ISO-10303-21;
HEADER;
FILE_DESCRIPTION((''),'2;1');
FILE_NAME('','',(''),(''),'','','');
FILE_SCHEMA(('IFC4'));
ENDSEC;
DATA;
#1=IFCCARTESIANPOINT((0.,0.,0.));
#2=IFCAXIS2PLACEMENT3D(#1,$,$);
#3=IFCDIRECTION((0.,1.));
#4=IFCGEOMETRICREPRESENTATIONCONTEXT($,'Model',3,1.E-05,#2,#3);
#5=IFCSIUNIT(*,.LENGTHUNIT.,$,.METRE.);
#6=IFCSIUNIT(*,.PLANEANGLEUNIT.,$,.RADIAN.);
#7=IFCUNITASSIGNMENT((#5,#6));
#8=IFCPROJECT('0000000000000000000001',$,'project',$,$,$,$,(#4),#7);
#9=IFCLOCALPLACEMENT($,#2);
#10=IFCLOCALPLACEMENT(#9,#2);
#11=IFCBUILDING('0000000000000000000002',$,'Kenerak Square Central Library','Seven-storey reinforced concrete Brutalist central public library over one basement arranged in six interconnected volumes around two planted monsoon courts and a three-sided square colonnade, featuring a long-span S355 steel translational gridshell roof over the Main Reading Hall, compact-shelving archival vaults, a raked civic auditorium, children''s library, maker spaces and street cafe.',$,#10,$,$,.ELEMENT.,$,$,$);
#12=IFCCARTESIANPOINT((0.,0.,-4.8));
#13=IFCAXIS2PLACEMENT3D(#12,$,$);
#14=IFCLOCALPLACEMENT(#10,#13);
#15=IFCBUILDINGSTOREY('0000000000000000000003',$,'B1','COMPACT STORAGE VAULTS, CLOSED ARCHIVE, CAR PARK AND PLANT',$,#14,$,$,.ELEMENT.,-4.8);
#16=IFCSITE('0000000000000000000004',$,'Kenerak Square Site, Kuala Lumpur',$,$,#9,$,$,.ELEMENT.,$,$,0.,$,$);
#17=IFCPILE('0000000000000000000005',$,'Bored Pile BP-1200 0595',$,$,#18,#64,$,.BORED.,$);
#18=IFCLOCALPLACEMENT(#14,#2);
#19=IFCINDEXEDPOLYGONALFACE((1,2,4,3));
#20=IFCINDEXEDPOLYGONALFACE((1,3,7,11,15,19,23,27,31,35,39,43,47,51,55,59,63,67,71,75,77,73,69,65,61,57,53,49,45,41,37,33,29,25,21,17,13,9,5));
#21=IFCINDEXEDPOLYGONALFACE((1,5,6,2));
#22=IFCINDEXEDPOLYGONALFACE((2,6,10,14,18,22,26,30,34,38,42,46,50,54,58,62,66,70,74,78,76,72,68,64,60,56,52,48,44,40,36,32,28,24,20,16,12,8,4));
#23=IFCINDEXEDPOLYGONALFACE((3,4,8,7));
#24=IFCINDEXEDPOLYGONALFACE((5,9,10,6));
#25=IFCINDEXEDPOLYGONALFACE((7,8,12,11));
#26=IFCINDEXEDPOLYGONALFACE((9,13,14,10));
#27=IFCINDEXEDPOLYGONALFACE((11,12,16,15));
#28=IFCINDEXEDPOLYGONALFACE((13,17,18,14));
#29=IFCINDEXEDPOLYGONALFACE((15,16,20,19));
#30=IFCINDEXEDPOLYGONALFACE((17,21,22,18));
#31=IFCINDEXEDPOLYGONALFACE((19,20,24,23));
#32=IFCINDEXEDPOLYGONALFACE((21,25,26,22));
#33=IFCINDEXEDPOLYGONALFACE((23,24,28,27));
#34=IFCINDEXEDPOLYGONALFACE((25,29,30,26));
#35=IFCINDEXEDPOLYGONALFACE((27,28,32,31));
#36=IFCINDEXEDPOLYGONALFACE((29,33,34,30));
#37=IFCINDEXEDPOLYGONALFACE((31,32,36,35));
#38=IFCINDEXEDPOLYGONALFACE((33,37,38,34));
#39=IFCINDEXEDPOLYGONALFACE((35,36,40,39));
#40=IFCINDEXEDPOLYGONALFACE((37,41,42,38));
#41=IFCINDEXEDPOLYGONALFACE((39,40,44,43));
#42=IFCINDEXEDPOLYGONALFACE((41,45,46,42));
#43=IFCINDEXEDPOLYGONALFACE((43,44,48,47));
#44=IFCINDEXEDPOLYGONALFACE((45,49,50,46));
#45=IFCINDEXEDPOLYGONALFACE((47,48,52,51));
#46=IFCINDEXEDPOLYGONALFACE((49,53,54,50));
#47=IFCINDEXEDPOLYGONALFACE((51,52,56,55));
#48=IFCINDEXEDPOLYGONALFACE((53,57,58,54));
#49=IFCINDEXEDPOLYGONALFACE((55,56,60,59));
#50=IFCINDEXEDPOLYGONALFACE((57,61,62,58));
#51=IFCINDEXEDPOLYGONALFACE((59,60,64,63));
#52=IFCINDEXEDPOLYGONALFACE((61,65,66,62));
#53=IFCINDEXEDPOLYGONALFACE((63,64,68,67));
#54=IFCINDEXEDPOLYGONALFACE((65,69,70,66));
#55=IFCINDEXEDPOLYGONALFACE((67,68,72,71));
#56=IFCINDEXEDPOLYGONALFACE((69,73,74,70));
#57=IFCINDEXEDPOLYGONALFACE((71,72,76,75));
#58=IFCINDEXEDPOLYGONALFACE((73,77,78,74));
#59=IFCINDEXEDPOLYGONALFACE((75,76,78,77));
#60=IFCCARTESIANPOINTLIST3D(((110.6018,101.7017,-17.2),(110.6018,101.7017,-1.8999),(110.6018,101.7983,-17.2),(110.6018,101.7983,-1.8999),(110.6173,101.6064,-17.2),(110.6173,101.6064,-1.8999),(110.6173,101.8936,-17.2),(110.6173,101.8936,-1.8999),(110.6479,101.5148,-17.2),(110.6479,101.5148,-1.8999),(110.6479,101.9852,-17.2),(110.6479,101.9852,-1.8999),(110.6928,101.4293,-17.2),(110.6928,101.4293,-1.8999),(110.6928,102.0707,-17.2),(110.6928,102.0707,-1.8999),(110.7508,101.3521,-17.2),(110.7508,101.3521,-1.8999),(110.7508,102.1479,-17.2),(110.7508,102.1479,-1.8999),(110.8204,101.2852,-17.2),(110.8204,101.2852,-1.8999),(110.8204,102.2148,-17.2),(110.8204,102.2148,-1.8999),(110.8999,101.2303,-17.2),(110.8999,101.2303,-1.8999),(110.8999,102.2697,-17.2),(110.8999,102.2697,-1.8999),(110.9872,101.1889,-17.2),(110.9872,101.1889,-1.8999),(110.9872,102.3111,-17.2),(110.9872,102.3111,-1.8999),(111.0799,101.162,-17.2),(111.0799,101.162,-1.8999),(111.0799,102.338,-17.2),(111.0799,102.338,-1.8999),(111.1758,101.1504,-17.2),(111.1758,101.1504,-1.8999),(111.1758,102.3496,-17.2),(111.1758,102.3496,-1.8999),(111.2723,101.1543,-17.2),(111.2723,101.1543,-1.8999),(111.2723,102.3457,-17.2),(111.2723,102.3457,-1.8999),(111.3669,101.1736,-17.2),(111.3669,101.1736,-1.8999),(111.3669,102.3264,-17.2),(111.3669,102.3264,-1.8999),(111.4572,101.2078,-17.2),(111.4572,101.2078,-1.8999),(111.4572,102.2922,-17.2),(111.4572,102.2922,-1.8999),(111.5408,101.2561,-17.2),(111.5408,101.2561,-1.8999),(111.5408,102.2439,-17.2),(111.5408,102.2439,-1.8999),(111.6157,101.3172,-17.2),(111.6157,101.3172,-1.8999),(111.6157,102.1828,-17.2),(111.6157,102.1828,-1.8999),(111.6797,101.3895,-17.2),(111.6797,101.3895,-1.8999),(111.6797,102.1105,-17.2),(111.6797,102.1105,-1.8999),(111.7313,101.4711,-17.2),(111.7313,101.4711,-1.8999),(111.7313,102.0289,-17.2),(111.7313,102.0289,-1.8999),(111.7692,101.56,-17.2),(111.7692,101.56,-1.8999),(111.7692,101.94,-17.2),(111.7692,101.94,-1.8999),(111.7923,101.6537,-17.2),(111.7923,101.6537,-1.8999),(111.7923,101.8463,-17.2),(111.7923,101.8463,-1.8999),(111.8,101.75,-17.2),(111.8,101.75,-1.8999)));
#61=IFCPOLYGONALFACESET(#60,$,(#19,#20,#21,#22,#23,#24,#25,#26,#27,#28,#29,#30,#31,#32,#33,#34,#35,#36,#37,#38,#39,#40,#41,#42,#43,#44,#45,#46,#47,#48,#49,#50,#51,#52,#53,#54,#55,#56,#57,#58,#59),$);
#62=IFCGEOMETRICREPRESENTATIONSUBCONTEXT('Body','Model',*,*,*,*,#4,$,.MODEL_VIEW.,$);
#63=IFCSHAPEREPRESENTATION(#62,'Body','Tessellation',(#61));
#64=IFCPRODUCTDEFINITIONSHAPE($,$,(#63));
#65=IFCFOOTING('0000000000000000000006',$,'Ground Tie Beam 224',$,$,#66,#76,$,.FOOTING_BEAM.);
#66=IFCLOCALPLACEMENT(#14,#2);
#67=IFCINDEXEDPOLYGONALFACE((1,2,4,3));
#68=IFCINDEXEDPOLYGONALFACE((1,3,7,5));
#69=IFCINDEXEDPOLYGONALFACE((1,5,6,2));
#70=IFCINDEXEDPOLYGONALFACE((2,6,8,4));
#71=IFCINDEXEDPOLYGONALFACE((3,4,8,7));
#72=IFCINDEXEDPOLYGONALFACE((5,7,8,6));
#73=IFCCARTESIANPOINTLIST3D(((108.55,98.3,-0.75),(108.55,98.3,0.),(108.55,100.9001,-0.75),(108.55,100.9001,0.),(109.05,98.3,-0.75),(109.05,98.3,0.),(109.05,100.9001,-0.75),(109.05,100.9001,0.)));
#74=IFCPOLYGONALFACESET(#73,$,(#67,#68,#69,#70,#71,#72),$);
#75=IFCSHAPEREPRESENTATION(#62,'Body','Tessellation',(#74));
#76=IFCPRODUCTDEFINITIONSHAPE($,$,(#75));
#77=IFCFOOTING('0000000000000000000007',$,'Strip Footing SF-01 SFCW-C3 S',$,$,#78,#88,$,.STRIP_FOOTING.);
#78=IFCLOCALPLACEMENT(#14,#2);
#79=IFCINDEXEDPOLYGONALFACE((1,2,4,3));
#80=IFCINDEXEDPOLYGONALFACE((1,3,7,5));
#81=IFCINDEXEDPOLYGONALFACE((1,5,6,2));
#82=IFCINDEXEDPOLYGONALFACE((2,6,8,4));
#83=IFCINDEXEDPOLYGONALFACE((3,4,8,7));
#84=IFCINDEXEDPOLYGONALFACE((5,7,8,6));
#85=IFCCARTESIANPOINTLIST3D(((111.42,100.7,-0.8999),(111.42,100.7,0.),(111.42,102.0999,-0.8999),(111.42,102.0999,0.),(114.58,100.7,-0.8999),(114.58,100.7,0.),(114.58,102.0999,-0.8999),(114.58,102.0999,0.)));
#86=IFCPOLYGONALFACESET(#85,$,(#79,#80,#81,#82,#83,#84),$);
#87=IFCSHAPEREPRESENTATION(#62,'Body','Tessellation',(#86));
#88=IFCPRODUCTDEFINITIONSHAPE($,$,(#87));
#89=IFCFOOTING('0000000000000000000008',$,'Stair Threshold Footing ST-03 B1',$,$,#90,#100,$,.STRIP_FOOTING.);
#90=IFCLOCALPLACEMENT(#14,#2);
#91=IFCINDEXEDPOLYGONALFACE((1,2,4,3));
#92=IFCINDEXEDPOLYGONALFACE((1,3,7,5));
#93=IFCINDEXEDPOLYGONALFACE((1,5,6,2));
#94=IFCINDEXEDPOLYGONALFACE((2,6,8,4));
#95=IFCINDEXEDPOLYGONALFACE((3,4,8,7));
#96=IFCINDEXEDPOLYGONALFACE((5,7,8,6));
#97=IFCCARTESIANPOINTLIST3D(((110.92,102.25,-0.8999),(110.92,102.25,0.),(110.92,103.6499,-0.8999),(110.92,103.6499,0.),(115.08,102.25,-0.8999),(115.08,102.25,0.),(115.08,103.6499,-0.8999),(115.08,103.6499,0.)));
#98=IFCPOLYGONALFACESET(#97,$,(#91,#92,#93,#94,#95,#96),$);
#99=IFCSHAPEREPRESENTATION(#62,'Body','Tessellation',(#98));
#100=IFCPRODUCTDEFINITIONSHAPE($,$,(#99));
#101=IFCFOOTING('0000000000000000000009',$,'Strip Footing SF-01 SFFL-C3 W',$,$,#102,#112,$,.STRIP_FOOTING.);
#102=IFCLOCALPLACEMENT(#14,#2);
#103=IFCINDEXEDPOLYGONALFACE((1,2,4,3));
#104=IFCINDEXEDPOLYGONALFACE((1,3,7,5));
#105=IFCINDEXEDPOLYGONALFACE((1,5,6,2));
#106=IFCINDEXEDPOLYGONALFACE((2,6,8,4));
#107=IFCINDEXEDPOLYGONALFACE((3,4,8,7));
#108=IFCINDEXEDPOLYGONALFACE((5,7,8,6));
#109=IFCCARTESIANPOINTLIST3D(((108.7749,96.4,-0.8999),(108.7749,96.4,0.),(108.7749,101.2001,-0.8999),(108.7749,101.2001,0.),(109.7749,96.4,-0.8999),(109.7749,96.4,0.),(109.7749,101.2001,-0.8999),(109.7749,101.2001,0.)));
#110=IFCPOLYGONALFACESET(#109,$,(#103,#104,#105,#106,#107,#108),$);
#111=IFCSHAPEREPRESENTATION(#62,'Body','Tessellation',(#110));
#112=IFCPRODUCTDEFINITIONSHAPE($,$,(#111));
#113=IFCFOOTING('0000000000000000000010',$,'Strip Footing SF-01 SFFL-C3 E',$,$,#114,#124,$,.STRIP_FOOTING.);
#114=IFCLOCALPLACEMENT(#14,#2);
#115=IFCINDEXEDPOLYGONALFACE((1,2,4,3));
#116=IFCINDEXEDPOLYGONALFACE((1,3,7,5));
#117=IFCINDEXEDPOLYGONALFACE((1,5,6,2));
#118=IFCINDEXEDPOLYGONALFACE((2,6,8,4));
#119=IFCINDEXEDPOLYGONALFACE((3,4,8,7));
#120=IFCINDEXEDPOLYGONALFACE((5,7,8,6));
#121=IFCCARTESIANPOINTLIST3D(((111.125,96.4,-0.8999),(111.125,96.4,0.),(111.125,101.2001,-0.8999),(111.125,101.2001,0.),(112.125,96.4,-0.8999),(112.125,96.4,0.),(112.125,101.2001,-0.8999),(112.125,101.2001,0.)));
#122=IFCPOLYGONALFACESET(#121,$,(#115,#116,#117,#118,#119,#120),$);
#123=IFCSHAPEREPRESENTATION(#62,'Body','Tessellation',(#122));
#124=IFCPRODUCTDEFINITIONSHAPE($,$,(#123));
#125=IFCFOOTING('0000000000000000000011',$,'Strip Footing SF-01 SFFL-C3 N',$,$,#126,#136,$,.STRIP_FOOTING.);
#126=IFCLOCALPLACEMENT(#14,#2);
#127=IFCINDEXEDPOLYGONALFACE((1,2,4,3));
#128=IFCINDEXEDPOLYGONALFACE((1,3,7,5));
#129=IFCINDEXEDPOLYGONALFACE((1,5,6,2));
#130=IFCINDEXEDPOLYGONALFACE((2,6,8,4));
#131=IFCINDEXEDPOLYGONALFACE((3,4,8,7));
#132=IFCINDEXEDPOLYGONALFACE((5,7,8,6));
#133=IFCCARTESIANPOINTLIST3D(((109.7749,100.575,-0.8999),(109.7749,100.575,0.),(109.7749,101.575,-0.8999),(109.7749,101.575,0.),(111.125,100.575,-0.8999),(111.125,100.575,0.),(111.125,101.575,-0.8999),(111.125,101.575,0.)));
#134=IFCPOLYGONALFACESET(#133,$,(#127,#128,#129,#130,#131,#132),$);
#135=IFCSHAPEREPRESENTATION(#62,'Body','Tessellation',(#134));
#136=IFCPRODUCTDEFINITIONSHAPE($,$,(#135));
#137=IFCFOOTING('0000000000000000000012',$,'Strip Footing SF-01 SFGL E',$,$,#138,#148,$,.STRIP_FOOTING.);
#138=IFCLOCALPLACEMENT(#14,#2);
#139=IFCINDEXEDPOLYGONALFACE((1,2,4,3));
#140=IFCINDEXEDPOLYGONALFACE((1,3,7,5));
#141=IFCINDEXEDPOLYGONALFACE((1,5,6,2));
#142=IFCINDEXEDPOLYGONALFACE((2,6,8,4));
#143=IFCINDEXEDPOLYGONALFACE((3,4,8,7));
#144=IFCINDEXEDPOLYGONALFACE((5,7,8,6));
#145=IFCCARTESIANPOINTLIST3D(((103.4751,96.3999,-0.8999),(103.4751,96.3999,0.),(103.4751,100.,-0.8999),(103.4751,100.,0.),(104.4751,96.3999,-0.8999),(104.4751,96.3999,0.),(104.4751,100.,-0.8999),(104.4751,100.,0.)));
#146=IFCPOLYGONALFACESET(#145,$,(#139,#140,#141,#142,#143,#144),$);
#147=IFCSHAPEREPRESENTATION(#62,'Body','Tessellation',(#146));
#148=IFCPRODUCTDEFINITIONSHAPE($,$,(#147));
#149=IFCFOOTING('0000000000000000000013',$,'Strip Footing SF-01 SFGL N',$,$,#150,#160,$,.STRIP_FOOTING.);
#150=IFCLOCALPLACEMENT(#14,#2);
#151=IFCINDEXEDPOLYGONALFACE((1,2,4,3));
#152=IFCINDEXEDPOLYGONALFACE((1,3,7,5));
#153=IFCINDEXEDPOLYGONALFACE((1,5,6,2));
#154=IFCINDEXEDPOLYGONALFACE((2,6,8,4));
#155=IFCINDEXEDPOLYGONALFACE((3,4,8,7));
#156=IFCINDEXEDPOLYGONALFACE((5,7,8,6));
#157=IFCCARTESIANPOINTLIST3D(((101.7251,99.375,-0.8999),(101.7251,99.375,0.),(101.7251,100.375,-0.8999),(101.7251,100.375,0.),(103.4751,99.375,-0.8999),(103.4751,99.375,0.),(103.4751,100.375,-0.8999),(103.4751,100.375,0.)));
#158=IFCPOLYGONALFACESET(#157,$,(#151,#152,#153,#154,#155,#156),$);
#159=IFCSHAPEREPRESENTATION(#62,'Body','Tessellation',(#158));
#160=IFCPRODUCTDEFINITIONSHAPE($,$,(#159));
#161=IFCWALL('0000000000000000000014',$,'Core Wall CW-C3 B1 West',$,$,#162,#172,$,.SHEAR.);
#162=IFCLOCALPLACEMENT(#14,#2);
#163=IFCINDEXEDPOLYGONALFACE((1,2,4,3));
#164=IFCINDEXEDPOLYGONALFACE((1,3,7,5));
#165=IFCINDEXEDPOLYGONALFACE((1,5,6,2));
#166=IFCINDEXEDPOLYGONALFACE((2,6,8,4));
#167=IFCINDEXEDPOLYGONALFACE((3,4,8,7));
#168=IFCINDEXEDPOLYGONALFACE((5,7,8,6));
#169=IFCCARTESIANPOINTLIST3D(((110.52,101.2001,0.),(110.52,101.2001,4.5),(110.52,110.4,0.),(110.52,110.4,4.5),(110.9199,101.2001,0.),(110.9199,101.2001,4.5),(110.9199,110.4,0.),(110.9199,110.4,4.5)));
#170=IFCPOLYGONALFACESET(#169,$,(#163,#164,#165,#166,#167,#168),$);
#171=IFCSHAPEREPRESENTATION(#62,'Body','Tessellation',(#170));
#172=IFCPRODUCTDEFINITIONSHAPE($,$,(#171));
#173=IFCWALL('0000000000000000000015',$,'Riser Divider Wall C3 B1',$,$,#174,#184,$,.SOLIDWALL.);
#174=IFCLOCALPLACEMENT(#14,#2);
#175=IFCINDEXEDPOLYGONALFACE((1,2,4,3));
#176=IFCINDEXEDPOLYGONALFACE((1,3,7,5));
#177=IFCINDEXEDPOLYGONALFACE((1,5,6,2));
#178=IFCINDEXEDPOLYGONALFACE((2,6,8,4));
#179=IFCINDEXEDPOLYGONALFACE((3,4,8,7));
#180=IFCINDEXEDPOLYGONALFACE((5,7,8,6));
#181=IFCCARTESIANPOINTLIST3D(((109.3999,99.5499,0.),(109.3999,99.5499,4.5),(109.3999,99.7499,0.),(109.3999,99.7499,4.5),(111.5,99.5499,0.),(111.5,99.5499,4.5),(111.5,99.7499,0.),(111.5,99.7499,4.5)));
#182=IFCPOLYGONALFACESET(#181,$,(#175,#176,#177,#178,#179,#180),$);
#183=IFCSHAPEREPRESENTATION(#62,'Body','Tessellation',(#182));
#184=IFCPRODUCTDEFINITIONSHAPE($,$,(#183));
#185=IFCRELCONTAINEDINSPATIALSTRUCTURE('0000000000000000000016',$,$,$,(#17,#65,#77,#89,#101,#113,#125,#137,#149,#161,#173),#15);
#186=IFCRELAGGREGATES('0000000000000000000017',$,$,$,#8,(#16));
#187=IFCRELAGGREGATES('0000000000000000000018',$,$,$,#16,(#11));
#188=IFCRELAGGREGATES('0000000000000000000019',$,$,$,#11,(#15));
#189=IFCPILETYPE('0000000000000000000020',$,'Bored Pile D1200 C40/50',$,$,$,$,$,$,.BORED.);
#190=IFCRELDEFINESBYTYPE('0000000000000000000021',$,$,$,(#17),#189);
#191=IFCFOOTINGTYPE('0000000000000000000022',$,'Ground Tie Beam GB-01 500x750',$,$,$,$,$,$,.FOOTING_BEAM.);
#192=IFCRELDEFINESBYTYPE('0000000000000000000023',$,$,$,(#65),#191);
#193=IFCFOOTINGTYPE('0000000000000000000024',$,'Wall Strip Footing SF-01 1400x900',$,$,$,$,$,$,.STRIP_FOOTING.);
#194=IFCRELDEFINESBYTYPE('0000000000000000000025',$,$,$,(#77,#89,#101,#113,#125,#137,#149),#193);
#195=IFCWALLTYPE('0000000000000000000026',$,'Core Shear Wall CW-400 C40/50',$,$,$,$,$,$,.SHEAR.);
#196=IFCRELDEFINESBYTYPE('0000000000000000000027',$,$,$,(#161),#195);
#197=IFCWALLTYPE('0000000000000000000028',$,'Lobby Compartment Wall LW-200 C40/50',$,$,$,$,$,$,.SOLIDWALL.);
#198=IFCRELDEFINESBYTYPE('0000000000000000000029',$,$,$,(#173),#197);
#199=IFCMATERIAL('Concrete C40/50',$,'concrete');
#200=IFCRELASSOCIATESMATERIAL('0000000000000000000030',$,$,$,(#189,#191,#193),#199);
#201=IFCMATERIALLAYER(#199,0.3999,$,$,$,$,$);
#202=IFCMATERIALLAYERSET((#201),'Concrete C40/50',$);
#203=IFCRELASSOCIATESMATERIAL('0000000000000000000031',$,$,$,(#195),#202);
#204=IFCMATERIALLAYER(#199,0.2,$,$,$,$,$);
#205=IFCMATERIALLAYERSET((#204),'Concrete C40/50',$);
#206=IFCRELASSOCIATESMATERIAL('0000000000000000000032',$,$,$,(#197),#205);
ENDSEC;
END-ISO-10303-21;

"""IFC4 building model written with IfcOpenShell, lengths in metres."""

from ifc_helpers import new_model, si_unit, direction, frame, frame_2d, origin, origin_2d, place, context, subcontext, project, spatial, rectangle, circle, extrude, material, layer, layer_set, material_profile, profile_set, type_object, element, save


model = new_model("IFC4")

# Units and contexts
model_context = context("Model", 3, precision=1e-05, world=origin(), true_north=direction((0.0, 1.0)))
body_context = subcontext(model_context, "Body", "Model", "MODEL_VIEW")
ifc_project = project(units=[si_unit("LENGTHUNIT", "METRE"), si_unit("PLANEANGLEUNIT", "RADIAN")], contexts=[model_context])

# Site, building, storey
site_placement = place(None, origin())
site = spatial("IfcSite", under=ifc_project, at=site_placement, Name="Kenerak Square Site, Kuala Lumpur", CompositionType="ELEMENT", RefElevation=0.0)
building_placement = place(site_placement, origin())
building = spatial("IfcBuilding", under=site, at=building_placement, Name="Kenerak Square Central Library", Description="Seven-storey reinforced concrete Brutalist central public library over one basement arranged in six interconnected volumes around two planted monsoon courts and a three-sided square colonnade, featuring a long-span S355 steel translational gridshell roof over the Main Reading Hall, compact-shelving archival vaults, a raked civic auditorium, children's library, maker spaces and street cafe.", CompositionType="ELEMENT")
storey_placement = place(building_placement, frame((0.0, 0.0, -4.8)))
storey = spatial("IfcBuildingStorey", under=building, at=storey_placement, Name="B1", Description="COMPACT STORAGE VAULTS, CLOSED ARCHIVE, CAR PARK AND PLANT", CompositionType="ELEMENT", Elevation=-4.8)

# Pile
ifc_material_1 = material(Name="Concrete C40/50", Category="concrete")
ifc_material_profile = material_profile(ifc_material_1, circle(Radius=0.6001, at=origin_2d()), Name="BP D1200")
ifc_profile_set = profile_set([ifc_material_profile], Name="Concrete C40/50")
pile_type = type_object("IfcPileType", Name="Bored Pile D1200 C40/50", PredefinedType="BORED", material=ifc_profile_set)
for number, where, z_axis, x_axis, name in (
    (1, (111.2, 101.75, -1.8999), (0.0, 0.0, -1.0), (1.0, 0.0, 0.0), "Bored Pile BP-1200 0595"),
):
    element("IfcPile", number, at=place(storey_placement, frame(where, z_axis=z_axis, x_axis=x_axis)), inside=storey, type_object=pile_type, Name=name, PredefinedType="BORED", context=body_context, shape_type="SweptSolid", body=[
        extrude(circle(Radius=0.6001, at=origin_2d()), origin(), (0.0, 0.0, 1.0), 15.3),
    ])

# Footings
footing_type_1 = type_object("IfcFootingType", Name="Ground Tie Beam GB-01 500x750", PredefinedType="FOOTING_BEAM", material=ifc_material_1)
footing_1_placement = place(storey_placement, frame((108.8, 99.6001, -0.75), z_axis=(0.0, 0.0, 1.0), x_axis=(1.0, 0.0, 0.0)))
element("IfcFooting", 2, at=footing_1_placement, inside=storey, type_object=footing_type_1, Name="Ground Tie Beam 224", PredefinedType="FOOTING_BEAM", context=body_context, shape_type="SweptSolid", body=[
    extrude(rectangle(XDim=0.5, YDim=2.6001, at=origin_2d()), origin(), (0.0, 0.0, 1.0), 0.75),
])
footing_type_2 = type_object("IfcFootingType", Name="Wall Strip Footing SF-01 1400x900", PredefinedType="STRIP_FOOTING", material=ifc_material_1)
footing_2_placement = place(storey_placement, frame((113.0, 101.3999, -0.8999), z_axis=(0.0, 0.0, 1.0), x_axis=(1.0, 0.0, 0.0)))
element("IfcFooting", 3, at=footing_2_placement, inside=storey, type_object=footing_type_2, Name="Strip Footing SF-01 SFCW-C3 S", PredefinedType="STRIP_FOOTING", context=body_context, shape_type="SweptSolid", body=[
    extrude(rectangle(XDim=3.1599, YDim=1.3999, at=origin_2d()), origin(), (0.0, 0.0, 1.0), 0.8999),
])
footing_3_placement = place(storey_placement, frame((113.0, 102.95, -0.8999), z_axis=(0.0, 0.0, 1.0), x_axis=(1.0, 0.0, 0.0)))
element("IfcFooting", 4, at=footing_3_placement, inside=storey, type_object=footing_type_2, Name="Stair Threshold Footing ST-03 B1", PredefinedType="STRIP_FOOTING", context=body_context, shape_type="SweptSolid", body=[
    extrude(rectangle(XDim=4.1599, YDim=1.3999, at=origin_2d()), origin(), (0.0, 0.0, 1.0), 0.8999),
])
for number, where, z_axis, x_axis, name in (
    (5, (109.2749, 98.8, -0.8999), (0.0, 0.0, 1.0), (1.0, 0.0, 0.0), "Strip Footing SF-01 SFFL-C3 W"),
    (6, (111.625, 98.8, -0.8999), (0.0, 0.0, 1.0), (1.0, 0.0, 0.0), "Strip Footing SF-01 SFFL-C3 E"),
):
    element("IfcFooting", number, at=place(storey_placement, frame(where, z_axis=z_axis, x_axis=x_axis)), inside=storey, type_object=footing_type_2, Name=name, PredefinedType="STRIP_FOOTING", context=body_context, shape_type="SweptSolid", body=[
        extrude(rectangle(XDim=1.0, YDim=4.8, at=origin_2d()), origin(), (0.0, 0.0, 1.0), 0.8999),
    ])
footing_4_placement = place(storey_placement, frame((110.45, 101.075, -0.8999), z_axis=(0.0, 0.0, 1.0), x_axis=(1.0, 0.0, 0.0)))
element("IfcFooting", 7, at=footing_4_placement, inside=storey, type_object=footing_type_2, Name="Strip Footing SF-01 SFFL-C3 N", PredefinedType="STRIP_FOOTING", context=body_context, shape_type="SweptSolid", body=[
    extrude(rectangle(XDim=1.3501, YDim=1.0, at=origin_2d()), origin(), (0.0, 0.0, 1.0), 0.8999),
])
footing_5_placement = place(storey_placement, frame((103.9751, 98.2, -0.8999), z_axis=(0.0, 0.0, 1.0), x_axis=(1.0, 0.0, 0.0)))
element("IfcFooting", 8, at=footing_5_placement, inside=storey, type_object=footing_type_2, Name="Strip Footing SF-01 SFGL E", PredefinedType="STRIP_FOOTING", context=body_context, shape_type="SweptSolid", body=[
    extrude(rectangle(XDim=1.0, YDim=3.6001, at=origin_2d()), origin(), (0.0, 0.0, 1.0), 0.8999),
])
footing_6_placement = place(storey_placement, frame((102.6001, 99.875, -0.8999), z_axis=(0.0, 0.0, 1.0), x_axis=(1.0, 0.0, 0.0)))
element("IfcFooting", 9, at=footing_6_placement, inside=storey, type_object=footing_type_2, Name="Strip Footing SF-01 SFGL N", PredefinedType="STRIP_FOOTING", context=body_context, shape_type="SweptSolid", body=[
    extrude(rectangle(XDim=1.75, YDim=1.0, at=origin_2d()), origin(), (0.0, 0.0, 1.0), 0.8999),
])

# Walls
ifc_layer_1 = layer(ifc_material_1, 0.3999)
ifc_layer_set_1 = layer_set([ifc_layer_1], Name="Concrete C40/50")
wall_type_1 = type_object("IfcWallType", Name="Core Shear Wall CW-400 C40/50", PredefinedType="SHEAR", material=ifc_layer_set_1)
wall_1_placement = place(storey_placement, frame((110.72, 101.2, 0.0), z_axis=(0.0, 0.0, 1.0), x_axis=(0.0, 1.0, 0.0)))
element("IfcWall", 10, at=wall_1_placement, inside=storey, type_object=wall_type_1, Name="Core Wall CW-C3 B1 West", PredefinedType="SHEAR", context=body_context, shape_type="SweptSolid", body=[
    extrude(rectangle(XDim=9.2, YDim=0.3999, at=frame_2d((4.6001, 0.0))), origin(), (0.0, 0.0, 1.0), 4.5),
])
ifc_layer_2 = layer(ifc_material_1, 0.2)
ifc_layer_set_2 = layer_set([ifc_layer_2], Name="Concrete C40/50")
wall_type_2 = type_object("IfcWallType", Name="Lobby Compartment Wall LW-200 C40/50", PredefinedType="SOLIDWALL", material=ifc_layer_set_2)
wall_2_placement = place(storey_placement, frame((109.3999, 99.6499, 0.0), z_axis=(0.0, 0.0, 1.0), x_axis=(1.0, 0.0, 0.0)))
element("IfcWall", 11, at=wall_2_placement, inside=storey, type_object=wall_type_2, Name="Riser Divider Wall C3 B1", PredefinedType="SOLIDWALL", context=body_context, shape_type="SweptSolid", body=[
    extrude(rectangle(XDim=2.1001, YDim=0.2, at=frame_2d((1.05, 0.0))), origin(), (0.0, 0.0, 1.0), 4.5),
])

save(model, "model.ifc")
